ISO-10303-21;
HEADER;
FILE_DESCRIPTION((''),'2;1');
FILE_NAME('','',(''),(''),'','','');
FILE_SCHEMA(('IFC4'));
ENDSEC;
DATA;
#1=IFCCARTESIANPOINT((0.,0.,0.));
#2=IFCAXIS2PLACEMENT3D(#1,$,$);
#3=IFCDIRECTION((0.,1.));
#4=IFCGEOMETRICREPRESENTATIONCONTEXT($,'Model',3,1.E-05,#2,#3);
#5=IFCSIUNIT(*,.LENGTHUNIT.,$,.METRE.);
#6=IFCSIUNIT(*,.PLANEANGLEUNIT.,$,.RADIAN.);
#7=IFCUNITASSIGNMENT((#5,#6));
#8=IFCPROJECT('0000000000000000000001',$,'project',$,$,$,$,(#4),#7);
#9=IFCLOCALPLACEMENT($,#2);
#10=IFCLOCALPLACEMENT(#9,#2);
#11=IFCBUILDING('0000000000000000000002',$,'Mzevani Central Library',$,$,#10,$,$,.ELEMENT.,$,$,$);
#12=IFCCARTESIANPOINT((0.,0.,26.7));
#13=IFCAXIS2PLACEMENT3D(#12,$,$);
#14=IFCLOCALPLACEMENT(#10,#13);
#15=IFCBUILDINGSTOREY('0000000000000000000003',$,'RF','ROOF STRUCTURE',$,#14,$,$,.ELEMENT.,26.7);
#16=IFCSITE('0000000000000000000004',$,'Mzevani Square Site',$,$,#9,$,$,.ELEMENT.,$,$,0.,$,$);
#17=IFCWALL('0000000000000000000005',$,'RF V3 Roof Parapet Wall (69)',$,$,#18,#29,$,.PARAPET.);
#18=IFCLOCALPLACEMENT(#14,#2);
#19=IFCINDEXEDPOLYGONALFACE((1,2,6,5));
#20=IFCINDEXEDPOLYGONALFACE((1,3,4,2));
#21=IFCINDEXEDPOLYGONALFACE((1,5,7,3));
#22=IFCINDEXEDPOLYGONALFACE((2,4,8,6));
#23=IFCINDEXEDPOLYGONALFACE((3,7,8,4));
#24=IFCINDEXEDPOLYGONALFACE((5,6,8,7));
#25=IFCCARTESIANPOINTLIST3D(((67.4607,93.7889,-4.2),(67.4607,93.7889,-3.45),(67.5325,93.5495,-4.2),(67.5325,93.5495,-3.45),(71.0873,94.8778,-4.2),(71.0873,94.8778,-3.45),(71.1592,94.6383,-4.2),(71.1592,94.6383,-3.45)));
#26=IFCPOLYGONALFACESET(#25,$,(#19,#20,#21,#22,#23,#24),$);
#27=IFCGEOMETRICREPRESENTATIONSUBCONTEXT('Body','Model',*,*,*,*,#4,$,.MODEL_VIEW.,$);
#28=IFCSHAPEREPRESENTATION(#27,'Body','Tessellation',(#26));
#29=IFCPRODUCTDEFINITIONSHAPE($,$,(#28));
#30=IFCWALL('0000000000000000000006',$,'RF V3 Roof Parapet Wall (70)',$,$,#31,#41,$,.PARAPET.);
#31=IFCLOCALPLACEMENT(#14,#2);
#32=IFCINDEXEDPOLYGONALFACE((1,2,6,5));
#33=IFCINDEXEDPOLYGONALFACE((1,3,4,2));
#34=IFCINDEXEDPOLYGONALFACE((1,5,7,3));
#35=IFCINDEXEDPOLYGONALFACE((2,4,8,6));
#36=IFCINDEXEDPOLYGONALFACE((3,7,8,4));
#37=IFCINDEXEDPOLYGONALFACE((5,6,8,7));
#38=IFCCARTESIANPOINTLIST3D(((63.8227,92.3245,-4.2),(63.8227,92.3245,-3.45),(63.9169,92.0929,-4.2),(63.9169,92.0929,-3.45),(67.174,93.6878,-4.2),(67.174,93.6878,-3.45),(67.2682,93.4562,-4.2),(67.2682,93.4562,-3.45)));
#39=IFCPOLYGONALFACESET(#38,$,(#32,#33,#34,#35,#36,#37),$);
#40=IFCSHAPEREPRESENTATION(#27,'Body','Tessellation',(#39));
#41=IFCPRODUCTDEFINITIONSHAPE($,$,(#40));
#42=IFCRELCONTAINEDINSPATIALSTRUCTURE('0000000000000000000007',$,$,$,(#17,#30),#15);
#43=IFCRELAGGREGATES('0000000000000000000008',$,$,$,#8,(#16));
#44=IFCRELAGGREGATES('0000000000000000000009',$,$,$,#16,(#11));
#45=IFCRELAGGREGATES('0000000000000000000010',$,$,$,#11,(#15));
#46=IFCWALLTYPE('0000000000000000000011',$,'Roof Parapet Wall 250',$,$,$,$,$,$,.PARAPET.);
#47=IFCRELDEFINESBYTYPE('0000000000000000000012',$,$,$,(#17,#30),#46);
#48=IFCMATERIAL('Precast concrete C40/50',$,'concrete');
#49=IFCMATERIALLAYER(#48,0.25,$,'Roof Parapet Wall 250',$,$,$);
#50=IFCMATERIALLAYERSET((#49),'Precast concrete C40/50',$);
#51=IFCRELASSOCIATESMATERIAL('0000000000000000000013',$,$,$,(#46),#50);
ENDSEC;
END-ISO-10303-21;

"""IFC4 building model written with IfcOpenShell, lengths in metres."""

from ifc_helpers import new_model, si_unit, direction, frame, frame_2d, origin, place, context, subcontext, project, spatial, rectangle, extrude, material, layer, layer_set, type_object, element, save


model = new_model("IFC4")

# Units and contexts
model_context = context("Model", 3, precision=1e-05, world=origin(), true_north=direction((0.0, 1.0)))
body_context = subcontext(model_context, "Body", "Model", "MODEL_VIEW")
ifc_project = project(units=[si_unit("LENGTHUNIT", "METRE"), si_unit("PLANEANGLEUNIT", "RADIAN")], contexts=[model_context])

# Site, building, storey
site_placement = place(None, origin())
site = spatial("IfcSite", under=ifc_project, at=site_placement, Name="Mzevani Square Site", CompositionType="ELEMENT", RefElevation=0.0)
building_placement = place(site_placement, origin())
building = spatial("IfcBuilding", under=site, at=building_placement, Name="Mzevani Central Library", CompositionType="ELEMENT")
storey_placement = place(building_placement, frame((0.0, 0.0, 26.7)))
storey = spatial("IfcBuildingStorey", under=building, at=storey_placement, Name="RF", Description="ROOF STRUCTURE", CompositionType="ELEMENT", Elevation=26.7)

# Walls
ifc_material_1 = material(Name="Precast concrete C40/50", Category="concrete")
ifc_layer_1 = layer(ifc_material_1, 0.25, Name="Roof Parapet Wall 250")
ifc_layer_set_1 = layer_set([ifc_layer_1], Name="Precast concrete C40/50")
wall_type = type_object("IfcWallType", Name="Roof Parapet Wall 250", PredefinedType="PARAPET", material=ifc_layer_set_1)
wall_1_placement = place(storey_placement, frame((71.1233, 94.7581, -4.2), z_axis=(0.0, 0.0, 1.0), x_axis=(-0.957764, -0.287555, 0.0)))
element("IfcWall", 1, at=wall_1_placement, inside=storey, type_object=wall_type, Name="RF V3 Roof Parapet Wall (69)", PredefinedType="PARAPET", context=body_context, shape_type="SweptSolid", body=[
    extrude(rectangle(XDim=3.7866, YDim=0.25, at=frame_2d((1.8933, 0.0))), origin(), (0.0, 0.0, 1.0), 0.75),
])
wall_2_placement = place(storey_placement, frame((67.2212, 93.572, -4.2), z_axis=(0.0, 0.0, 1.0), x_axis=(-0.926292, -0.376806, 0.0)))
element("IfcWall", 2, at=wall_2_placement, inside=storey, type_object=wall_type, Name="RF V3 Roof Parapet Wall (70)", PredefinedType="PARAPET", context=body_context, shape_type="SweptSolid", body=[
    extrude(rectangle(XDim=3.6179, YDim=0.25, at=frame_2d((1.8091, 0.0))), origin(), (0.0, 0.0, 1.0), 0.75),
])

save(model, "model.ifc")
